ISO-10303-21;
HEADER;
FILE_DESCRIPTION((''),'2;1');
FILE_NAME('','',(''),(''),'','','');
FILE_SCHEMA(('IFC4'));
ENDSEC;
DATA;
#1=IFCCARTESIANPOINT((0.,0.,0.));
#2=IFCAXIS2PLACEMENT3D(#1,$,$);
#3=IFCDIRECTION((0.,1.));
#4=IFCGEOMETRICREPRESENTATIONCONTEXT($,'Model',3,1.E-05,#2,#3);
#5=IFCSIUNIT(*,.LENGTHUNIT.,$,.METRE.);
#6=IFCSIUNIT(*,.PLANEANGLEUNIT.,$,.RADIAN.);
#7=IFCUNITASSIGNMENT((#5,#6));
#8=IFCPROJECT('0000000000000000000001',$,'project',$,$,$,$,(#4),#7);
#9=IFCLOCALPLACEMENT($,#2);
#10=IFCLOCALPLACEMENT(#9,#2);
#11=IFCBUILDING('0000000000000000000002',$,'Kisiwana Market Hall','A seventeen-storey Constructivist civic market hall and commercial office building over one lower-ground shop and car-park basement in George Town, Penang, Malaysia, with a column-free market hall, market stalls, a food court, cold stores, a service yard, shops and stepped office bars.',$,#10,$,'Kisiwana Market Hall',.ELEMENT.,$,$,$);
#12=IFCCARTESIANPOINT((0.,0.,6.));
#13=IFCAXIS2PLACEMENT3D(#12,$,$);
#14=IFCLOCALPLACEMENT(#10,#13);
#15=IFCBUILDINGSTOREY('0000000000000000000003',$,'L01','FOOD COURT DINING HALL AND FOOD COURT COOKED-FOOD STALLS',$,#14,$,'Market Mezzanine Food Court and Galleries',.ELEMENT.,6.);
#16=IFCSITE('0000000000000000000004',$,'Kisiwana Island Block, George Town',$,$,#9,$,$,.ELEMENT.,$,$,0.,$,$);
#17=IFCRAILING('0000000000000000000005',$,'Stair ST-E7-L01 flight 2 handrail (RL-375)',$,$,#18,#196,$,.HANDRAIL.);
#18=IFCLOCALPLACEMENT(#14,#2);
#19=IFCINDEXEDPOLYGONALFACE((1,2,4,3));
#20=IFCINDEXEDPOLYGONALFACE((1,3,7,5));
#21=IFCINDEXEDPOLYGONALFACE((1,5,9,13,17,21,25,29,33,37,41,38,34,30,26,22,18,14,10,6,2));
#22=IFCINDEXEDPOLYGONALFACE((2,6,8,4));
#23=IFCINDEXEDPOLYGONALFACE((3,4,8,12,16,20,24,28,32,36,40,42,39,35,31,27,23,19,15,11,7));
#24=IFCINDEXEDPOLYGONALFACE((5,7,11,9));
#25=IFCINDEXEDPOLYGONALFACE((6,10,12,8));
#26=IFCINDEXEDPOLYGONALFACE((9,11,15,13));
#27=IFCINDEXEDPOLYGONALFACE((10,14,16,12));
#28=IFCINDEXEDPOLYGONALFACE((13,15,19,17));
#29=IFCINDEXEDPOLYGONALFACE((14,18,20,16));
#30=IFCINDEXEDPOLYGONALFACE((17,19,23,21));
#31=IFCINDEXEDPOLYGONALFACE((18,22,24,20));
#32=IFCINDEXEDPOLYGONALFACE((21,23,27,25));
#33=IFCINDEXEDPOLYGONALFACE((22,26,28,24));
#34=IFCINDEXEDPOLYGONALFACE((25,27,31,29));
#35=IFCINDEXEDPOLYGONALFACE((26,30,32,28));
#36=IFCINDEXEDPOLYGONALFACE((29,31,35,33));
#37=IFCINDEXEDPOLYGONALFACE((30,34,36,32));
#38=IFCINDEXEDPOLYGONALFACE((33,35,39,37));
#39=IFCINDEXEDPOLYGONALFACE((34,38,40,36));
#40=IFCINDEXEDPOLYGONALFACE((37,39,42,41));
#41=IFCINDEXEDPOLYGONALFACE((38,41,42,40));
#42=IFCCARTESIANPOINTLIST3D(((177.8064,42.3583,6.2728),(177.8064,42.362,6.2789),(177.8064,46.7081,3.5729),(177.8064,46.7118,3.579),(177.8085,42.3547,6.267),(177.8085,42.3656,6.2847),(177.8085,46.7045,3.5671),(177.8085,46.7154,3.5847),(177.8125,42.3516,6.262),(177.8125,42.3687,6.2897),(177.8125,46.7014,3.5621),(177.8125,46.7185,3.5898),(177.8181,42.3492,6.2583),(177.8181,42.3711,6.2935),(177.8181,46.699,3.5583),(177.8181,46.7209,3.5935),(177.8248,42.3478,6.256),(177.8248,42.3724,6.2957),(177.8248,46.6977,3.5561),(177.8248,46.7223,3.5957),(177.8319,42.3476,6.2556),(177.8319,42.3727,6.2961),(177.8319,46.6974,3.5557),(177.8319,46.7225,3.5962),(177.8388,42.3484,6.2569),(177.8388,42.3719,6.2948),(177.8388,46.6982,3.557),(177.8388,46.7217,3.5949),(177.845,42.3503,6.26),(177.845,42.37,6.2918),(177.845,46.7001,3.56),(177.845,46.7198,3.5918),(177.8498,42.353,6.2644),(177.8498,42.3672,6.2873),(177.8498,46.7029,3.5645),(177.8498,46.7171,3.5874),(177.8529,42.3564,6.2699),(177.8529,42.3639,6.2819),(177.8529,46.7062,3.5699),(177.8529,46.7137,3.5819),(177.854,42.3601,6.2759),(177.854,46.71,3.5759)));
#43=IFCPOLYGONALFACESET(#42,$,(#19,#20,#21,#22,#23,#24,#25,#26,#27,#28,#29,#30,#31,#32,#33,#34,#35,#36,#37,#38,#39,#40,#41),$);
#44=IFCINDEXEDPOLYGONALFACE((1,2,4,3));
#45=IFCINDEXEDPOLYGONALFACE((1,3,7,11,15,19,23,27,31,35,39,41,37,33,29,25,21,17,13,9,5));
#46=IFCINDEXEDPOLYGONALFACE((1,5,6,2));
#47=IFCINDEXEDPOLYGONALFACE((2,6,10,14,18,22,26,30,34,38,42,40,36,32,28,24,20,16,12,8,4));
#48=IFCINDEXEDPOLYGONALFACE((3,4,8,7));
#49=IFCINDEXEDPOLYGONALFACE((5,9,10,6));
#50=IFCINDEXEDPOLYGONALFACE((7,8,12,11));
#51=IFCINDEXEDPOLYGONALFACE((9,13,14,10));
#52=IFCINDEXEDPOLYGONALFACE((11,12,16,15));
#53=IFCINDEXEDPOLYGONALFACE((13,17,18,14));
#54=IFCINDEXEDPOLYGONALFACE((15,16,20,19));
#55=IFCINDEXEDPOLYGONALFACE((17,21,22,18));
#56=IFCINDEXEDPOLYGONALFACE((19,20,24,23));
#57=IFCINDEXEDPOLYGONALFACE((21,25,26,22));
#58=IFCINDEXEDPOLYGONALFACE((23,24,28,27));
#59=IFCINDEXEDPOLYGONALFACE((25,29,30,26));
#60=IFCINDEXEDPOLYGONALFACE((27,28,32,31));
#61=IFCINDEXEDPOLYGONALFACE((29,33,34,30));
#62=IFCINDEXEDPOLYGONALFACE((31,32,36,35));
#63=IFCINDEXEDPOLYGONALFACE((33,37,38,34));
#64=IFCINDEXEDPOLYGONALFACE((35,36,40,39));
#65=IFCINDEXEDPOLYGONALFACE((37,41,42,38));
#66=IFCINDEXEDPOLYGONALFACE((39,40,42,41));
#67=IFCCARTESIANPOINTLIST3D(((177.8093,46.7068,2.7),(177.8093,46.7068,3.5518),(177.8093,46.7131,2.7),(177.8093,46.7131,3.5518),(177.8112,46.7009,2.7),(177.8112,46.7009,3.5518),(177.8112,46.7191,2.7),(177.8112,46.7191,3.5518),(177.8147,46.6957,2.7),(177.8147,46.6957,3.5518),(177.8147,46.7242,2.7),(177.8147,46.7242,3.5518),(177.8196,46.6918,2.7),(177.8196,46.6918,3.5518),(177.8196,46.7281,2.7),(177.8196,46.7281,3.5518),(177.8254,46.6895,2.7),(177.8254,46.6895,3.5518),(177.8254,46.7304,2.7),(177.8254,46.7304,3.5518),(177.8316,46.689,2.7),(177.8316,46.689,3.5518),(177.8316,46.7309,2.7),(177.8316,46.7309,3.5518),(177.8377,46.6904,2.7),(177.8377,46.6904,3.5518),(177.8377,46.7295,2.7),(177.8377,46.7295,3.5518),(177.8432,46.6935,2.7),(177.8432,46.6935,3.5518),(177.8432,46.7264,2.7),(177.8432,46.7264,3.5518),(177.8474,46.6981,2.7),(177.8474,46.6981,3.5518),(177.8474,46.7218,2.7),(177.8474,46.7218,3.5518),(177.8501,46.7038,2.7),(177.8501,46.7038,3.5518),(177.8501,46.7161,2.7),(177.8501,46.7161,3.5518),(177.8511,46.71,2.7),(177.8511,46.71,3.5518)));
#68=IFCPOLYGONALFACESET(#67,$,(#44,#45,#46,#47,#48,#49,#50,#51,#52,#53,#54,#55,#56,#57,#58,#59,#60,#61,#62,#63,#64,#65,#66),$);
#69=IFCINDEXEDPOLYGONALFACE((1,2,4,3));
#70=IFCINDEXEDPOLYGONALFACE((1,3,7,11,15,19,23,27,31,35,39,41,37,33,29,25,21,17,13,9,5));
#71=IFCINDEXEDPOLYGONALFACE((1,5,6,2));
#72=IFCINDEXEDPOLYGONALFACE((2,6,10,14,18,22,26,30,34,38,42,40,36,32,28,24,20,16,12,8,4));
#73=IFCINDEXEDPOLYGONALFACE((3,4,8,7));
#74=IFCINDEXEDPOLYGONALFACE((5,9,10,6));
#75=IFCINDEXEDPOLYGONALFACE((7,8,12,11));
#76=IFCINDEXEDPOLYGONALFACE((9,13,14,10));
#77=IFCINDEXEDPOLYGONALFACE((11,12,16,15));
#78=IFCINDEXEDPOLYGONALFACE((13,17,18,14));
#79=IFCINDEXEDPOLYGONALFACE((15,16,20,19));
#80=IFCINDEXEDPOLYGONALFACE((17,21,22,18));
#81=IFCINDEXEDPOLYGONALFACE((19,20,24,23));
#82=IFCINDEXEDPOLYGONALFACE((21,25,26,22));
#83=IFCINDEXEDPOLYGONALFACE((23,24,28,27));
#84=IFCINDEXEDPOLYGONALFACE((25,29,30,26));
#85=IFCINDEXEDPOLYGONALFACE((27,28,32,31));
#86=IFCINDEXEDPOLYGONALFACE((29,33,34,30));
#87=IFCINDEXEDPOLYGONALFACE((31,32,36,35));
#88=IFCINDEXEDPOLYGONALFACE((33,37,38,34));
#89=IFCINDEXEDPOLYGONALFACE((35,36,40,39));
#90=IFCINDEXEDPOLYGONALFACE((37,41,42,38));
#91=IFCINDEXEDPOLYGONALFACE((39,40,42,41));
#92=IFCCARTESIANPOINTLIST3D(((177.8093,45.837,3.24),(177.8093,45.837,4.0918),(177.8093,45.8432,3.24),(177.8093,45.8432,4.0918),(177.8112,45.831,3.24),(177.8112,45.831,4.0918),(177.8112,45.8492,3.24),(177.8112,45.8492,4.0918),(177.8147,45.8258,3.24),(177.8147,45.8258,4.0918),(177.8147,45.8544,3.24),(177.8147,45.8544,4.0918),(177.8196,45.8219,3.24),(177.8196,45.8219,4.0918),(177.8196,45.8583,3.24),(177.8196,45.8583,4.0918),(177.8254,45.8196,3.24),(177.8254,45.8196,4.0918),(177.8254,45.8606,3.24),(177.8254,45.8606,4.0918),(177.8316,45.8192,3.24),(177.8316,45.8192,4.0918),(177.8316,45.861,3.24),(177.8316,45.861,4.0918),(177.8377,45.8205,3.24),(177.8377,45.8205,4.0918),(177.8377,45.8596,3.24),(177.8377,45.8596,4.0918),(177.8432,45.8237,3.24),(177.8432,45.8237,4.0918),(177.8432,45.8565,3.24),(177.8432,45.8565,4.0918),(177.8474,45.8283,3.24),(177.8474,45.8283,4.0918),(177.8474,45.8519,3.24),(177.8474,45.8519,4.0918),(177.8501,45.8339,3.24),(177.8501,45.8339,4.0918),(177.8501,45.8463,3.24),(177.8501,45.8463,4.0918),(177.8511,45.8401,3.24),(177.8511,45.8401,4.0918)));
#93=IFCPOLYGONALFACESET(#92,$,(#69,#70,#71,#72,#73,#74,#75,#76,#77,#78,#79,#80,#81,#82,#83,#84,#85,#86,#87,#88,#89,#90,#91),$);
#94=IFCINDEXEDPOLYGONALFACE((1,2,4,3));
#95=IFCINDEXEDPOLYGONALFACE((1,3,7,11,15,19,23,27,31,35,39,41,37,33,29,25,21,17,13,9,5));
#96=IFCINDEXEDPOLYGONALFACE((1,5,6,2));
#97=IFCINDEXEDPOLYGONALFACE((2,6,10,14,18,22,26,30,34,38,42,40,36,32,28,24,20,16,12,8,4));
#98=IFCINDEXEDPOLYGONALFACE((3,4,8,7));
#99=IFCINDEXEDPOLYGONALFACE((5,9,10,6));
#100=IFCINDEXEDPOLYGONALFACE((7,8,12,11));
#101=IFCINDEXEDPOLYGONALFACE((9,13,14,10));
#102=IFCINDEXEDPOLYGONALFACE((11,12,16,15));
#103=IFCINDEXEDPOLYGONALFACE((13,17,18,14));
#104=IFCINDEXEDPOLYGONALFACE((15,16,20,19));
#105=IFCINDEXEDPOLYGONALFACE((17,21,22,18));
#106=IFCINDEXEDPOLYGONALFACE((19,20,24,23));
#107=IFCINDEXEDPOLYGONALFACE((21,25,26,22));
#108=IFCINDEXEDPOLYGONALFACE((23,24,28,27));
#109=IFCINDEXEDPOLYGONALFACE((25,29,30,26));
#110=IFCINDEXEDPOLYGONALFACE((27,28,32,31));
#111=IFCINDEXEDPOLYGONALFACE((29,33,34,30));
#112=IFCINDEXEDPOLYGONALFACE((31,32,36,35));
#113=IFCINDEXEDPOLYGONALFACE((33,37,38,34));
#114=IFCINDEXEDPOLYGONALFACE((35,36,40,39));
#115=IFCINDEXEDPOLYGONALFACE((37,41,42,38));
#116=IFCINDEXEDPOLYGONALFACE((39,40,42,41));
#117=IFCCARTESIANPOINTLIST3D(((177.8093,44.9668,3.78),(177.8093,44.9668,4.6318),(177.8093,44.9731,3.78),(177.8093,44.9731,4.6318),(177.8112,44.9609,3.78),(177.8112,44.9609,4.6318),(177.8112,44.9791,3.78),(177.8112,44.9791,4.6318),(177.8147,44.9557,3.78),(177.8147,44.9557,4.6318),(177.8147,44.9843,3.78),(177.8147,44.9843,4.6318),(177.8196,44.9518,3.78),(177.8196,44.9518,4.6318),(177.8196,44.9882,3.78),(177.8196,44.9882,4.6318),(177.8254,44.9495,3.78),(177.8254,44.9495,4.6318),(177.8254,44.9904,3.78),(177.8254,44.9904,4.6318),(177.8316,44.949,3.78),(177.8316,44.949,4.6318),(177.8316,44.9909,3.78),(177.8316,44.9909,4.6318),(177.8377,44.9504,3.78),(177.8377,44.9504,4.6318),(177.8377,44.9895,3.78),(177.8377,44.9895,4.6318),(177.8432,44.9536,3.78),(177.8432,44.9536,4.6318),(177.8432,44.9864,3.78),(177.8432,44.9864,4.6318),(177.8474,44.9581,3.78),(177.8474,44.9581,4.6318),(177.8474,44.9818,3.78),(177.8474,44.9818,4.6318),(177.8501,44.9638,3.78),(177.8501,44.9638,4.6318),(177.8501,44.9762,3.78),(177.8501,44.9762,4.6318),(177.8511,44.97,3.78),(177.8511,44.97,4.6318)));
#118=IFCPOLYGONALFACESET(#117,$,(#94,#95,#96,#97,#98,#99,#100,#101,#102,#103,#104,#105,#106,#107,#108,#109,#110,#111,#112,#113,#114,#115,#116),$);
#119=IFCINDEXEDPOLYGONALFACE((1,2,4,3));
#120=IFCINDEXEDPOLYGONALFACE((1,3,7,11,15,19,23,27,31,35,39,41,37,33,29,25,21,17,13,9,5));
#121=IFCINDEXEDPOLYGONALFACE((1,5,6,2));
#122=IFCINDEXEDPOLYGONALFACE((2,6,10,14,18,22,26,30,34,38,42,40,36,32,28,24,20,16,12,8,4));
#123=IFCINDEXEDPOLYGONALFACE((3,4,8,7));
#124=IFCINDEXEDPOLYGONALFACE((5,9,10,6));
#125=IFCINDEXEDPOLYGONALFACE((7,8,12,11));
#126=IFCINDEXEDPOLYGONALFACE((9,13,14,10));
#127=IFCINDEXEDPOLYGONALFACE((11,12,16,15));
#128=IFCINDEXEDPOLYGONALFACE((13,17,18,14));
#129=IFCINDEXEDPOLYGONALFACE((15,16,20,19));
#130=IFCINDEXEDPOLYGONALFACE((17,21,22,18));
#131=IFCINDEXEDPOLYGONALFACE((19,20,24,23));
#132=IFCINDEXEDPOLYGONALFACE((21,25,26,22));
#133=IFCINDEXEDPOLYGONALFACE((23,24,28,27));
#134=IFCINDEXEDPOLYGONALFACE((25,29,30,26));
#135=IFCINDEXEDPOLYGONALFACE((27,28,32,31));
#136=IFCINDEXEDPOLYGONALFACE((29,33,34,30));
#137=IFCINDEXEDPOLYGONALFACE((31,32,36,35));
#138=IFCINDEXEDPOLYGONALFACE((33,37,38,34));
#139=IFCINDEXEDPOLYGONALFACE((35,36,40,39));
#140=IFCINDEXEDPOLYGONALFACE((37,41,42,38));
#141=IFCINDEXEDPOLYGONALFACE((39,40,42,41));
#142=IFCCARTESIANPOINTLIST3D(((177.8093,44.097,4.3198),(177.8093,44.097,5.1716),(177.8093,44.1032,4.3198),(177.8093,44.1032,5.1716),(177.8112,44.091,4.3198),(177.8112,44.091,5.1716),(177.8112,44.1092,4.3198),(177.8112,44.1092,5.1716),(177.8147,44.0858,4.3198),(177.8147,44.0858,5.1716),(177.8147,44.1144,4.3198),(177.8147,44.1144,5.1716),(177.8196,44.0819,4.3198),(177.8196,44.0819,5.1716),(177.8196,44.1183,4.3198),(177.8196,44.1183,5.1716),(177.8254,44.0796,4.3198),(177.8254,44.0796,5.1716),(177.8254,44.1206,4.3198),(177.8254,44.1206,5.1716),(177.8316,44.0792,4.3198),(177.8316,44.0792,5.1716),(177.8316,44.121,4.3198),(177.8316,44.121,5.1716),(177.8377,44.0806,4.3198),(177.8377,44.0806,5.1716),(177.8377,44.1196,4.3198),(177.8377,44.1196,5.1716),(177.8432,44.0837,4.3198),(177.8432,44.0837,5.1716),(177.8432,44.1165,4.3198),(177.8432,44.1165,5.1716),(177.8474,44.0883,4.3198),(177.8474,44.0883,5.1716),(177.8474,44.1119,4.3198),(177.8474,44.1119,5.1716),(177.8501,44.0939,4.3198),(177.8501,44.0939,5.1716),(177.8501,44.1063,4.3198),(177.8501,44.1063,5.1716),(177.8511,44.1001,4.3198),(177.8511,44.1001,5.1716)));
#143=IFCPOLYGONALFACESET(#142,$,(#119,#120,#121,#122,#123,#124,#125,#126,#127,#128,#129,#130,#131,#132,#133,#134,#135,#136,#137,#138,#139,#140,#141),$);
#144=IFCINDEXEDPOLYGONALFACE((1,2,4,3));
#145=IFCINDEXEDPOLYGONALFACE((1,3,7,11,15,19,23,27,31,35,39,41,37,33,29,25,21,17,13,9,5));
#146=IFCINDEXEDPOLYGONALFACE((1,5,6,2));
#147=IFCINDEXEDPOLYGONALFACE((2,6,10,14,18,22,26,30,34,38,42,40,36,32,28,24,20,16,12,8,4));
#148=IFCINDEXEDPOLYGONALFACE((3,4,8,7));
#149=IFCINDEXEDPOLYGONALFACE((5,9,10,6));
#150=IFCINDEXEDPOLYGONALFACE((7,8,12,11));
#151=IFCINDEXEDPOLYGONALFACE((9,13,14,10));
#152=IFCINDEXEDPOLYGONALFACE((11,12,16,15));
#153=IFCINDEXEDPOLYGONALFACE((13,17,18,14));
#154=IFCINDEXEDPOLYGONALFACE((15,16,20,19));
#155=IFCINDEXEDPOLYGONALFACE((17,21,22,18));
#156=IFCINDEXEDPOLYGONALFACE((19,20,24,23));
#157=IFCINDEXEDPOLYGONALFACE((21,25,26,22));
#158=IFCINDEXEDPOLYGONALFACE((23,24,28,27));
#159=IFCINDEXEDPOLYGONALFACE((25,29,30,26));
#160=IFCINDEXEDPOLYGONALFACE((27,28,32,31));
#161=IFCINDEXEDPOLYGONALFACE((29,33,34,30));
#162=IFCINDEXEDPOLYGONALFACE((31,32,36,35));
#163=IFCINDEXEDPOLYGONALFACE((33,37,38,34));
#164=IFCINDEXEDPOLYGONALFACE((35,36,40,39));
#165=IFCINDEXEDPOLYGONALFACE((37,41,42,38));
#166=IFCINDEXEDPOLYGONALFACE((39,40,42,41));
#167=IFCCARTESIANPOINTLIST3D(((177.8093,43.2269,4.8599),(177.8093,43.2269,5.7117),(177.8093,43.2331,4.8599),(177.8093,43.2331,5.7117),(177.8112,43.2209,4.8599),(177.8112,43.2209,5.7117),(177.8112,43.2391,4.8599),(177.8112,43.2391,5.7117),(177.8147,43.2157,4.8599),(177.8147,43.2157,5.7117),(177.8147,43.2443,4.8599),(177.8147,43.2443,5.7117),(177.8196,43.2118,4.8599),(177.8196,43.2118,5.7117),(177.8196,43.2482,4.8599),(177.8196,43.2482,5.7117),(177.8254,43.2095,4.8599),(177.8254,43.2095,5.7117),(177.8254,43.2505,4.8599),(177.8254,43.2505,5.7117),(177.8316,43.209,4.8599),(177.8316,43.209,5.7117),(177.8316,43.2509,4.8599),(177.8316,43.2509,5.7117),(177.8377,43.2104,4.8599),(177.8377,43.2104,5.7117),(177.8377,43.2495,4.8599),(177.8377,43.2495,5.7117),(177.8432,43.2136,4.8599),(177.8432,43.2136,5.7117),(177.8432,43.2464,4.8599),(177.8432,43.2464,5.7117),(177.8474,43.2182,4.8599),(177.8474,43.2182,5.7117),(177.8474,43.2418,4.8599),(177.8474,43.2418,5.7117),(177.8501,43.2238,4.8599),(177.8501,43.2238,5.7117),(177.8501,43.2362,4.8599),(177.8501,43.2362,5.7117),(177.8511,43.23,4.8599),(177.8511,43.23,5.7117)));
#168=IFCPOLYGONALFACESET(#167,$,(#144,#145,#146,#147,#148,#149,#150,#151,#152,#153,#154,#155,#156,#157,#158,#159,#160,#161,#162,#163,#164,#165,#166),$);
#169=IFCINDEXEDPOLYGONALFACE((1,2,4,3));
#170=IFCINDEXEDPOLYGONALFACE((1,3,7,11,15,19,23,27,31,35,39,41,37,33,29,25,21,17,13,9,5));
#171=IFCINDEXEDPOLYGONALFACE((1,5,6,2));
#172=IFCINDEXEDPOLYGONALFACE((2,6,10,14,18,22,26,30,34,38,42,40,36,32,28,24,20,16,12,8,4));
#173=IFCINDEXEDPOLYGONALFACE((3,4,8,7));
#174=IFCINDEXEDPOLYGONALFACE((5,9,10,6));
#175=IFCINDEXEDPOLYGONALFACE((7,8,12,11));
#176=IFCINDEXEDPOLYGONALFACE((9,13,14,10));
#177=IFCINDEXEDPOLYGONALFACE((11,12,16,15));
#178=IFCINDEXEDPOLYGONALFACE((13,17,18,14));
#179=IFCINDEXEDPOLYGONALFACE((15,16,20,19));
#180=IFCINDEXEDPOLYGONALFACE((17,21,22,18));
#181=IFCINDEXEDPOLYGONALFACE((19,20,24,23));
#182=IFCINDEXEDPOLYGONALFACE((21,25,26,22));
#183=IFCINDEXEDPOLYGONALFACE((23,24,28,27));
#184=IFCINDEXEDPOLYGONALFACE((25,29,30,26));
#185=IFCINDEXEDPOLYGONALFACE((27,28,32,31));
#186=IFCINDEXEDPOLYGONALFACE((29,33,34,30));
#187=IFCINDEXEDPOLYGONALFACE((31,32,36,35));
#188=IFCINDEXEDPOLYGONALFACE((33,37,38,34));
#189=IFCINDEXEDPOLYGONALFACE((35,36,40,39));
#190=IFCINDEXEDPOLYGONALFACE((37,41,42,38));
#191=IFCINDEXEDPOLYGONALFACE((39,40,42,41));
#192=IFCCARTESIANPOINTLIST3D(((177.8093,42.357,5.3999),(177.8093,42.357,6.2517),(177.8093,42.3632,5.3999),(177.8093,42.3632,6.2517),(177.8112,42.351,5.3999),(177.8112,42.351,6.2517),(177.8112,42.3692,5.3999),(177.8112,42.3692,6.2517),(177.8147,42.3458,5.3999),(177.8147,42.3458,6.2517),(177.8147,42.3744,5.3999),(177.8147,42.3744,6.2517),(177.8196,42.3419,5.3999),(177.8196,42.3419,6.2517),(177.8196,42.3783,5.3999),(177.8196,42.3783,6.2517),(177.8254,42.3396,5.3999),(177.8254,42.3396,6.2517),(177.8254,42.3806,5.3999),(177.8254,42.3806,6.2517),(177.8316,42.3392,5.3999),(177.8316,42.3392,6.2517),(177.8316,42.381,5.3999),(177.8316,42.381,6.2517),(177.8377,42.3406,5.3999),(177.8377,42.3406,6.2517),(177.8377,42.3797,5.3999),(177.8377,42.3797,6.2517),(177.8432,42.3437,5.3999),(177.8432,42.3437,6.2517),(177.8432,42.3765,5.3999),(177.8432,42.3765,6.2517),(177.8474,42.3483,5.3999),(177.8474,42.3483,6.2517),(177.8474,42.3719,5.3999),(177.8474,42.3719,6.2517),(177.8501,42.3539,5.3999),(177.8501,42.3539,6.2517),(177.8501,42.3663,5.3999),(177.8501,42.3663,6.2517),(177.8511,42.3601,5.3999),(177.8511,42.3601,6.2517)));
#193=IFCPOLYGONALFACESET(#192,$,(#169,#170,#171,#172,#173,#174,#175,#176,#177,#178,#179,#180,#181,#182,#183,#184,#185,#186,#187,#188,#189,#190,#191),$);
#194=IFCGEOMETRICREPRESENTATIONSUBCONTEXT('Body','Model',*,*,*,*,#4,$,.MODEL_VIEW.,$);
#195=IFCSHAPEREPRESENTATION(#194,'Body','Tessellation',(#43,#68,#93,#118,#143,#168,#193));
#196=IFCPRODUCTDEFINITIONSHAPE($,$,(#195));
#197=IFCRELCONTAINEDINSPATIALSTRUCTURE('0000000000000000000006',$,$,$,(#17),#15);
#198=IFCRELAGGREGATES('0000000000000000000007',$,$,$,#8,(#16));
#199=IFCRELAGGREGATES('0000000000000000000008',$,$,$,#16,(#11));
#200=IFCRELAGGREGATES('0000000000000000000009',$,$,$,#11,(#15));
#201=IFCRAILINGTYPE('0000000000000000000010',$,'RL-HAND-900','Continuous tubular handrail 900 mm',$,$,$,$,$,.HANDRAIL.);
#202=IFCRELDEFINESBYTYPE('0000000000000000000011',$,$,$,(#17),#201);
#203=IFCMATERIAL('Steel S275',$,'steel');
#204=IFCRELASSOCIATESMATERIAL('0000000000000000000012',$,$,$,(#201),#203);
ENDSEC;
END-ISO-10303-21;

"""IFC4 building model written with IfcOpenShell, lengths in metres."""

from ifc_helpers import new_model, si_unit, direction, frame, origin, origin_2d, place, context, subcontext, project, spatial, circle, extrude, material, type_object, element, save


model = new_model("IFC4")

# Units and contexts
model_context = context("Model", 3, precision=1e-05, world=origin(), true_north=direction((0.0, 1.0)))
body_context = subcontext(model_context, "Body", "Model", "MODEL_VIEW")
ifc_project = project(units=[si_unit("LENGTHUNIT", "METRE"), si_unit("PLANEANGLEUNIT", "RADIAN")], contexts=[model_context])

# Site, building, storey
site_placement = place(None, origin())
site = spatial("IfcSite", under=ifc_project, at=site_placement, Name="Kisiwana Island Block, George Town", CompositionType="ELEMENT", RefElevation=0.0)
building_placement = place(site_placement, origin())
building = spatial("IfcBuilding", under=site, at=building_placement, Name="Kisiwana Market Hall", Description="A seventeen-storey Constructivist civic market hall and commercial office building over one lower-ground shop and car-park basement in George Town, Penang, Malaysia, with a column-free market hall, market stalls, a food court, cold stores, a service yard, shops and stepped office bars.", LongName="Kisiwana Market Hall", CompositionType="ELEMENT")
storey_placement = place(building_placement, frame((0.0, 0.0, 6.0)))
storey = spatial("IfcBuildingStorey", under=building, at=storey_placement, Name="L01", Description="FOOD COURT DINING HALL AND FOOD COURT COOKED-FOOD STALLS", LongName="Market Mezzanine Food Court and Galleries", CompositionType="ELEMENT", Elevation=6.0)

# Railing
ifc_material_1 = material(Name="Steel S275", Category="steel")
railing_type_1 = type_object("IfcRailingType", Name="RL-HAND-900", Description="Continuous tubular handrail 900 mm", PredefinedType="HANDRAIL", material=ifc_material_1)
for number, where, name in (
    (1, (177.8301, 46.71, 2.7), "Stair ST-E7-L01 flight 2 handrail (RL-375)"),
):
    element("IfcRailing", number, at=place(storey_placement, frame(where)), inside=storey, type_object=railing_type_1, Name=name, PredefinedType="HANDRAIL", context=body_context, shape_type="SweptSolid", body=[
        extrude(circle(Radius=0.0239, at=origin_2d()), frame((0.0, 0.0, 0.876), z_axis=(0.0, -0.849636, 0.527369), x_axis=(1.0, 0.0, 0.0)), (0.0, 0.0, 1.0), 5.1196),
        extrude(circle(Radius=0.021, at=origin_2d()), origin(), (0.0, 0.0, 1.0), 0.8518),
        extrude(circle(Radius=0.021, at=origin_2d()), frame((0.0, -0.8699, 0.54)), (0.0, 0.0, 1.0), 0.8518),
        extrude(circle(Radius=0.021, at=origin_2d()), frame((0.0, -1.74, 1.0801)), (0.0, 0.0, 1.0), 0.8518),
        extrude(circle(Radius=0.021, at=origin_2d()), frame((0.0, -2.6099, 1.6199)), (0.0, 0.0, 1.0), 0.8518),
        extrude(circle(Radius=0.021, at=origin_2d()), frame((0.0, -3.48, 2.1599)), (0.0, 0.0, 1.0), 0.8518),
        extrude(circle(Radius=0.021, at=origin_2d()), frame((0.0, -4.3499, 2.7)), (0.0, 0.0, 1.0), 0.8518),
    ])

save(model, "model.ifc")
